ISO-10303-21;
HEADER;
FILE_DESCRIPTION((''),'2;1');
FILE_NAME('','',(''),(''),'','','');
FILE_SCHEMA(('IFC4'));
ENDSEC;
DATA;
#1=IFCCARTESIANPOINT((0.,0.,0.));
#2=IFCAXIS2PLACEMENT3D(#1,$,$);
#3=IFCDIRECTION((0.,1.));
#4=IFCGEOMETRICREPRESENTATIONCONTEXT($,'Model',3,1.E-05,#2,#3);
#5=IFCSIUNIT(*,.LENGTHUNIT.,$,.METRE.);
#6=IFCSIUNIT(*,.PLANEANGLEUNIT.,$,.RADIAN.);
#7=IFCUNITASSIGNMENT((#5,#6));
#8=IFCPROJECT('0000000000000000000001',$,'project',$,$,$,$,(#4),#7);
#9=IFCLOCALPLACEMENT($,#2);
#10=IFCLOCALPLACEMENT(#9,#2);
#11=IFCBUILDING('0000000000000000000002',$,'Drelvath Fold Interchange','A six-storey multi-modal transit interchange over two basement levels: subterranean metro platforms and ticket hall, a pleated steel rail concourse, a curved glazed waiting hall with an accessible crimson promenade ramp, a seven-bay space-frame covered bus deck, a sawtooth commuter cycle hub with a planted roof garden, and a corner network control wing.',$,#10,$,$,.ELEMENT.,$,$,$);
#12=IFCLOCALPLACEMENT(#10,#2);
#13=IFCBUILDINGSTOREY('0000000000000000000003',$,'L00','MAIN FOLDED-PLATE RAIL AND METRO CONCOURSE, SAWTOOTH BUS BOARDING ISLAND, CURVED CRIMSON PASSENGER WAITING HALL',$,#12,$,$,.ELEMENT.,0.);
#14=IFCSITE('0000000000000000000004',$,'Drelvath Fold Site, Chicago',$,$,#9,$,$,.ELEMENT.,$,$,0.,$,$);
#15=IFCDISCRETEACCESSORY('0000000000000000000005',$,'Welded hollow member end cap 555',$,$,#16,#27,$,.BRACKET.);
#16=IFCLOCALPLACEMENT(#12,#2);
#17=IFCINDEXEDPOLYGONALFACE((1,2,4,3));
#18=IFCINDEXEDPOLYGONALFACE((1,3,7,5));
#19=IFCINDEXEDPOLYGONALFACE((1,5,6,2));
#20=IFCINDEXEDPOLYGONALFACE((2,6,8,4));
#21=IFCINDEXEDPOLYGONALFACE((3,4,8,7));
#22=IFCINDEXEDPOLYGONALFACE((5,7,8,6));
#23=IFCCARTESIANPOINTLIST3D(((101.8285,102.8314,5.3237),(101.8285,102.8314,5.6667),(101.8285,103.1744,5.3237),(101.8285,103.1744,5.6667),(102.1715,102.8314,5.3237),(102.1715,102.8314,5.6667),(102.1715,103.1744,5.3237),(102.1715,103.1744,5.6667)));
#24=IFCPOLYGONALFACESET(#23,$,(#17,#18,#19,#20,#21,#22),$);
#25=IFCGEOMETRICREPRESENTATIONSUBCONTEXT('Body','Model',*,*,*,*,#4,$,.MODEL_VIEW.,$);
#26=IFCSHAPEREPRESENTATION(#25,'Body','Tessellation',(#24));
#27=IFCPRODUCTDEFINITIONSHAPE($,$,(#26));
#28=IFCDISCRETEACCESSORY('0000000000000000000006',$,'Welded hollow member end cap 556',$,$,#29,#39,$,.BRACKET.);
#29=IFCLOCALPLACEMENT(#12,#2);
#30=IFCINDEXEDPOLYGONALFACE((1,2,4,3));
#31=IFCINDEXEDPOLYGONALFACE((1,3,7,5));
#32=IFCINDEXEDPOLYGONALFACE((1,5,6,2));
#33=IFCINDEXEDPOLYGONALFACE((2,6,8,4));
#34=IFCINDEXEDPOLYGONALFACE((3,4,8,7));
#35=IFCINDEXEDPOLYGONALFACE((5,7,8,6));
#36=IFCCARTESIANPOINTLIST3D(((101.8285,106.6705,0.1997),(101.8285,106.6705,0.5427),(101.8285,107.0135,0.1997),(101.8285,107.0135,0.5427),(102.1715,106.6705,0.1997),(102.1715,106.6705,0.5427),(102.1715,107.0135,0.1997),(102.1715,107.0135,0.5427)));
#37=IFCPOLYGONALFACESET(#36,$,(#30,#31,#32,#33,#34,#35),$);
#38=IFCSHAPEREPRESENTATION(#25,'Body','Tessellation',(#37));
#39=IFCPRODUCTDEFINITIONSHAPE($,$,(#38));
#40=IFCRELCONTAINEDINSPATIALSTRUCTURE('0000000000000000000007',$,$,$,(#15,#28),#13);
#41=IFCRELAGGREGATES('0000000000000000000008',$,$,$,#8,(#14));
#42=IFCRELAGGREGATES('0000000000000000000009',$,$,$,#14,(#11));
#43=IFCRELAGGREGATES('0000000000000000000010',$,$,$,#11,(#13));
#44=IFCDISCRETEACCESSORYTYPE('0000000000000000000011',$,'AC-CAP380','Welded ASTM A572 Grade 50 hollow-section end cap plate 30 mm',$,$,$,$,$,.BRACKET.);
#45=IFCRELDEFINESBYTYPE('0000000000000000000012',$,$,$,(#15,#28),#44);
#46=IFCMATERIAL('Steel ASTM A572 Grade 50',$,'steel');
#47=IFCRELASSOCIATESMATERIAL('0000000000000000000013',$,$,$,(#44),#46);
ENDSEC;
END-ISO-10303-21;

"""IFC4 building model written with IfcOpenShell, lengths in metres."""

from ifc_helpers import new_model, si_unit, direction, frame, origin, origin_2d, place, context, subcontext, project, spatial, rectangle, extrude, material, type_object, element, save


model = new_model("IFC4")

# Units and contexts
model_context = context("Model", 3, precision=1e-05, world=origin(), true_north=direction((0.0, 1.0)))
body_context = subcontext(model_context, "Body", "Model", "MODEL_VIEW")
ifc_project = project(units=[si_unit("LENGTHUNIT", "METRE"), si_unit("PLANEANGLEUNIT", "RADIAN")], contexts=[model_context])

# Site, building, storey
site_placement = place(None, origin())
site = spatial("IfcSite", under=ifc_project, at=site_placement, Name="Drelvath Fold Site, Chicago", CompositionType="ELEMENT", RefElevation=0.0)
building_placement = place(site_placement, origin())
building = spatial("IfcBuilding", under=site, at=building_placement, Name="Drelvath Fold Interchange", Description="A six-storey multi-modal transit interchange over two basement levels: subterranean metro platforms and ticket hall, a pleated steel rail concourse, a curved glazed waiting hall with an accessible crimson promenade ramp, a seven-bay space-frame covered bus deck, a sawtooth commuter cycle hub with a planted roof garden, and a corner network control wing.", CompositionType="ELEMENT")
storey_placement = place(building_placement, origin())
storey = spatial("IfcBuildingStorey", under=building, at=storey_placement, Name="L00", Description="MAIN FOLDED-PLATE RAIL AND METRO CONCOURSE, SAWTOOTH BUS BOARDING ISLAND, CURVED CRIMSON PASSENGER WAITING HALL", CompositionType="ELEMENT", Elevation=0.0)

# Shared definitions
ifc_material_1 = material(Name="Steel ASTM A572 Grade 50", Category="steel")

# Discrete accessories
discrete_accessory_type = type_object("IfcDiscreteAccessoryType", Name="AC-CAP380", Description="Welded ASTM A572 Grade 50 hollow-section end cap plate 30 mm", PredefinedType="BRACKET", material=ifc_material_1)
for number, where, z_axis, x_axis, name in (
    (1, (102.0, 103.0029, 5.3237), (0.0, 0.0, 1.0), (1.0, 0.0, 0.0), "Welded hollow member end cap 555"),
    (2, (102.0, 106.842, 0.1997), (0.0, 0.0, 1.0), (1.0, 0.0, 0.0), "Welded hollow member end cap 556"),
):
    element("IfcDiscreteAccessory", number, at=place(storey_placement, frame(where, z_axis=z_axis, x_axis=x_axis)), inside=storey, type_object=discrete_accessory_type, Name=name, PredefinedType="BRACKET", context=body_context, shape_type="SweptSolid", body=[
        extrude(rectangle(XDim=0.343, YDim=0.343, at=origin_2d()), origin(), (0.0, 0.0, 1.0), 0.343),
    ])

save(model, "model.ifc")
